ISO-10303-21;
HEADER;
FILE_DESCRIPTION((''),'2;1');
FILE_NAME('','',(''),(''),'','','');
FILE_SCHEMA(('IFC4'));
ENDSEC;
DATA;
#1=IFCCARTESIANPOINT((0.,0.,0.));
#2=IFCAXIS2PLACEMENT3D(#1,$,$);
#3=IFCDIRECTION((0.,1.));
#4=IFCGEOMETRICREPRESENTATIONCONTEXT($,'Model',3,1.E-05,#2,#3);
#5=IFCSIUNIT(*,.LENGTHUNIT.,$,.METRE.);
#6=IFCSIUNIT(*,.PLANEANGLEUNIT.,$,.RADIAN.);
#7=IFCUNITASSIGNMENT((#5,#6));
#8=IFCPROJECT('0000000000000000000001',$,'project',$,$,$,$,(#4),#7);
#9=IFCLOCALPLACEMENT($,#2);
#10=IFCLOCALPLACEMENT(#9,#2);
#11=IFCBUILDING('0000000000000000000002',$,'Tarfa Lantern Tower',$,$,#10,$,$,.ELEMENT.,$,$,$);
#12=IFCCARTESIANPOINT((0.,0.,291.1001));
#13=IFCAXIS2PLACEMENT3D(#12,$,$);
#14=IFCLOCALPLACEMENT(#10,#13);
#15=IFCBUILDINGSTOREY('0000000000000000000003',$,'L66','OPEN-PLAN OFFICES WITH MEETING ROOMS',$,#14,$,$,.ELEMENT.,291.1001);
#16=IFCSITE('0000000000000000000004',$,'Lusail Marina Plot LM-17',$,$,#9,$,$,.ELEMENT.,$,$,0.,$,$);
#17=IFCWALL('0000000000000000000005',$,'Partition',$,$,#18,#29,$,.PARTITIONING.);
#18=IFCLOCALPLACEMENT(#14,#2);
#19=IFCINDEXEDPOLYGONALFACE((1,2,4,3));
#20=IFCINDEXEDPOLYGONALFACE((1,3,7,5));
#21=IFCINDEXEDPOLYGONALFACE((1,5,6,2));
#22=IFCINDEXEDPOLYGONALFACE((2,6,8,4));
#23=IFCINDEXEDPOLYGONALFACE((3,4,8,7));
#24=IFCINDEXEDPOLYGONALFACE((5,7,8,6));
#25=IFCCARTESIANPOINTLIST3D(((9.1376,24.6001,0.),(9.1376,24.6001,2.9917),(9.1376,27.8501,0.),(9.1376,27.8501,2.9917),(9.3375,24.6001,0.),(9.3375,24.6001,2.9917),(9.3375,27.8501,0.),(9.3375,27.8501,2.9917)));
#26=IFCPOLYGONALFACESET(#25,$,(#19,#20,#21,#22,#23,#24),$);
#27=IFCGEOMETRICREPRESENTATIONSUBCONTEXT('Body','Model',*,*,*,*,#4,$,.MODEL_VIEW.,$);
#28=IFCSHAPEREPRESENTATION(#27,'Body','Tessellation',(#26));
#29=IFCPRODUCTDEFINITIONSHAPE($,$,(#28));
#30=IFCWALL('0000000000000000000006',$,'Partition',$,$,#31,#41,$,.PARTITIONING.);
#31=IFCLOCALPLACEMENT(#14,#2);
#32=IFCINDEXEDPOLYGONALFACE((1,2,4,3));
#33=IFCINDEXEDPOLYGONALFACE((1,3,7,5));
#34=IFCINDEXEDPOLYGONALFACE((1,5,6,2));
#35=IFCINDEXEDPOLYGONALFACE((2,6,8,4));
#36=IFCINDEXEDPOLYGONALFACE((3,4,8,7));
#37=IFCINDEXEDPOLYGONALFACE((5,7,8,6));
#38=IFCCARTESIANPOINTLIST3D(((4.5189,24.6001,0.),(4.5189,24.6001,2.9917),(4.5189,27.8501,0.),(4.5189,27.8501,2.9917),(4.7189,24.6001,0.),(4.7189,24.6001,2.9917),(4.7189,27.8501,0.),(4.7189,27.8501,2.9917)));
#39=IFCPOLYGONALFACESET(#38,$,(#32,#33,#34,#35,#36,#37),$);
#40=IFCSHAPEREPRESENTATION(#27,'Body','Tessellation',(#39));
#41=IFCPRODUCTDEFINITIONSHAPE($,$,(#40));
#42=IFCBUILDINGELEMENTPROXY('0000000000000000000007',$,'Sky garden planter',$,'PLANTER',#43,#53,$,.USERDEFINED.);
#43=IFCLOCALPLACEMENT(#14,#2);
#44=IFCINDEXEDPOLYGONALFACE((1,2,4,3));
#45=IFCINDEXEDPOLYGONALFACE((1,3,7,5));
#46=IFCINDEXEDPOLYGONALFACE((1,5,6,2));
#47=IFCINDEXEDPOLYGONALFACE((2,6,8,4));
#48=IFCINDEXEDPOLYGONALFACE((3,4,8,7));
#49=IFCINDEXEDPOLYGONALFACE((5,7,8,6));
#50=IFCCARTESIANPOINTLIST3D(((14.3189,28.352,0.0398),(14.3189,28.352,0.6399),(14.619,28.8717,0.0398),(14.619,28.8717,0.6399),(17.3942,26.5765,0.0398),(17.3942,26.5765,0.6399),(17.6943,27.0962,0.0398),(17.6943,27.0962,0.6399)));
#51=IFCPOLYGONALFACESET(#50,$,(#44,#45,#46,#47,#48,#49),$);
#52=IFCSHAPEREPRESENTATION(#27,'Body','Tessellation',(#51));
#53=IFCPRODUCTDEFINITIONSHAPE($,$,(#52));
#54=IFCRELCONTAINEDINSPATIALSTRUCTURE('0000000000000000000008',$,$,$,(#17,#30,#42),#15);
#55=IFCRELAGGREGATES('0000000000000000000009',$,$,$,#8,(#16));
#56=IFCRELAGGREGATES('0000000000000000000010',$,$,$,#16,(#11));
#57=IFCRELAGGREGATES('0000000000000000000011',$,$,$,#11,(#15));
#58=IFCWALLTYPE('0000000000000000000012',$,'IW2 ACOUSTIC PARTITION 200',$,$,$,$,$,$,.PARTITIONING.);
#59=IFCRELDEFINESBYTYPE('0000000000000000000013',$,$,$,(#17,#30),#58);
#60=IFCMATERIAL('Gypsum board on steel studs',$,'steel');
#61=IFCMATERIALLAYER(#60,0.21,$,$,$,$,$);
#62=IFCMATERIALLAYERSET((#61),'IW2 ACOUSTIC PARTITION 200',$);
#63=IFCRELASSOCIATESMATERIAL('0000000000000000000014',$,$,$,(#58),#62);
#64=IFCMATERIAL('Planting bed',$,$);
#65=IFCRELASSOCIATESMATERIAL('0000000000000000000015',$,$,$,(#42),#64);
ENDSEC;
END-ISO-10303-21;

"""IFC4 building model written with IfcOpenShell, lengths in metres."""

from ifc_helpers import new_model, si_unit, direction, frame, frame_2d, origin, origin_2d, place, context, subcontext, project, spatial, rectangle, extrude, material, layer, layer_set, type_object, element, save


model = new_model("IFC4")

# Units and contexts
model_context = context("Model", 3, precision=1e-05, world=origin(), true_north=direction((0.0, 1.0)))
body_context = subcontext(model_context, "Body", "Model", "MODEL_VIEW")
ifc_project = project(units=[si_unit("LENGTHUNIT", "METRE"), si_unit("PLANEANGLEUNIT", "RADIAN")], contexts=[model_context])

# Site, building, storey
site_placement = place(None, origin())
site = spatial("IfcSite", under=ifc_project, at=site_placement, Name="Lusail Marina Plot LM-17", CompositionType="ELEMENT", RefElevation=0.0)
building_placement = place(site_placement, origin())
building = spatial("IfcBuilding", under=site, at=building_placement, Name="Tarfa Lantern Tower", CompositionType="ELEMENT")
storey_placement = place(building_placement, frame((0.0, 0.0, 291.1001)))
storey = spatial("IfcBuildingStorey", under=building, at=storey_placement, Name="L66", Description="OPEN-PLAN OFFICES WITH MEETING ROOMS", CompositionType="ELEMENT", Elevation=291.1001)

# Shared definitions
ifc_material_1 = material(Name="Gypsum board on steel studs", Category="steel")
ifc_layer_1 = layer(ifc_material_1, 0.21)
ifc_layer_set_1 = layer_set([ifc_layer_1], Name="IW2 ACOUSTIC PARTITION 200")
wall_type_1 = type_object("IfcWallType", Name="IW2 ACOUSTIC PARTITION 200", PredefinedType="PARTITIONING", material=ifc_layer_set_1)

# Walls
for number, where, z_axis, x_axis, name in (
    (1, (9.2375, 24.6001, 0.0), (0.0, 0.0, 1.0), (0.0, 1.0, 0.0), "Partition"),
    (2, (4.6189, 24.6001, 0.0), (0.0, 0.0, 1.0), (0.0, 1.0, 0.0), "Partition"),
):
    element("IfcWall", number, at=place(storey_placement, frame(where, z_axis=z_axis, x_axis=x_axis)), inside=storey, type_object=wall_type_1, Name=name, PredefinedType="PARTITIONING", context=body_context, shape_type="SweptSolid", body=[
        extrude(rectangle(XDim=3.25, YDim=0.2, at=frame_2d((1.625, 0.0))), origin(), (0.0, 0.0, 1.0), 2.9917),
    ])

# Building element proxy
ifc_material_2 = material(Name="Planting bed")
proxy_placement = place(storey_placement, frame((16.0066, 27.7241, 0.0398), z_axis=(0.0, 0.0, 1.0), x_axis=(-0.866025, 0.5, 0.0)))
element("IfcBuildingElementProxy", 3, at=proxy_placement, inside=storey, material=ifc_material_2, Name="Sky garden planter", ObjectType="PLANTER", PredefinedType="USERDEFINED", context=body_context, shape_type="SweptSolid", body=[
    extrude(rectangle(XDim=3.551, YDim=0.6001, at=origin_2d()), origin(), (0.0, 0.0, 1.0), 0.6001),
])

save(model, "model.ifc")
